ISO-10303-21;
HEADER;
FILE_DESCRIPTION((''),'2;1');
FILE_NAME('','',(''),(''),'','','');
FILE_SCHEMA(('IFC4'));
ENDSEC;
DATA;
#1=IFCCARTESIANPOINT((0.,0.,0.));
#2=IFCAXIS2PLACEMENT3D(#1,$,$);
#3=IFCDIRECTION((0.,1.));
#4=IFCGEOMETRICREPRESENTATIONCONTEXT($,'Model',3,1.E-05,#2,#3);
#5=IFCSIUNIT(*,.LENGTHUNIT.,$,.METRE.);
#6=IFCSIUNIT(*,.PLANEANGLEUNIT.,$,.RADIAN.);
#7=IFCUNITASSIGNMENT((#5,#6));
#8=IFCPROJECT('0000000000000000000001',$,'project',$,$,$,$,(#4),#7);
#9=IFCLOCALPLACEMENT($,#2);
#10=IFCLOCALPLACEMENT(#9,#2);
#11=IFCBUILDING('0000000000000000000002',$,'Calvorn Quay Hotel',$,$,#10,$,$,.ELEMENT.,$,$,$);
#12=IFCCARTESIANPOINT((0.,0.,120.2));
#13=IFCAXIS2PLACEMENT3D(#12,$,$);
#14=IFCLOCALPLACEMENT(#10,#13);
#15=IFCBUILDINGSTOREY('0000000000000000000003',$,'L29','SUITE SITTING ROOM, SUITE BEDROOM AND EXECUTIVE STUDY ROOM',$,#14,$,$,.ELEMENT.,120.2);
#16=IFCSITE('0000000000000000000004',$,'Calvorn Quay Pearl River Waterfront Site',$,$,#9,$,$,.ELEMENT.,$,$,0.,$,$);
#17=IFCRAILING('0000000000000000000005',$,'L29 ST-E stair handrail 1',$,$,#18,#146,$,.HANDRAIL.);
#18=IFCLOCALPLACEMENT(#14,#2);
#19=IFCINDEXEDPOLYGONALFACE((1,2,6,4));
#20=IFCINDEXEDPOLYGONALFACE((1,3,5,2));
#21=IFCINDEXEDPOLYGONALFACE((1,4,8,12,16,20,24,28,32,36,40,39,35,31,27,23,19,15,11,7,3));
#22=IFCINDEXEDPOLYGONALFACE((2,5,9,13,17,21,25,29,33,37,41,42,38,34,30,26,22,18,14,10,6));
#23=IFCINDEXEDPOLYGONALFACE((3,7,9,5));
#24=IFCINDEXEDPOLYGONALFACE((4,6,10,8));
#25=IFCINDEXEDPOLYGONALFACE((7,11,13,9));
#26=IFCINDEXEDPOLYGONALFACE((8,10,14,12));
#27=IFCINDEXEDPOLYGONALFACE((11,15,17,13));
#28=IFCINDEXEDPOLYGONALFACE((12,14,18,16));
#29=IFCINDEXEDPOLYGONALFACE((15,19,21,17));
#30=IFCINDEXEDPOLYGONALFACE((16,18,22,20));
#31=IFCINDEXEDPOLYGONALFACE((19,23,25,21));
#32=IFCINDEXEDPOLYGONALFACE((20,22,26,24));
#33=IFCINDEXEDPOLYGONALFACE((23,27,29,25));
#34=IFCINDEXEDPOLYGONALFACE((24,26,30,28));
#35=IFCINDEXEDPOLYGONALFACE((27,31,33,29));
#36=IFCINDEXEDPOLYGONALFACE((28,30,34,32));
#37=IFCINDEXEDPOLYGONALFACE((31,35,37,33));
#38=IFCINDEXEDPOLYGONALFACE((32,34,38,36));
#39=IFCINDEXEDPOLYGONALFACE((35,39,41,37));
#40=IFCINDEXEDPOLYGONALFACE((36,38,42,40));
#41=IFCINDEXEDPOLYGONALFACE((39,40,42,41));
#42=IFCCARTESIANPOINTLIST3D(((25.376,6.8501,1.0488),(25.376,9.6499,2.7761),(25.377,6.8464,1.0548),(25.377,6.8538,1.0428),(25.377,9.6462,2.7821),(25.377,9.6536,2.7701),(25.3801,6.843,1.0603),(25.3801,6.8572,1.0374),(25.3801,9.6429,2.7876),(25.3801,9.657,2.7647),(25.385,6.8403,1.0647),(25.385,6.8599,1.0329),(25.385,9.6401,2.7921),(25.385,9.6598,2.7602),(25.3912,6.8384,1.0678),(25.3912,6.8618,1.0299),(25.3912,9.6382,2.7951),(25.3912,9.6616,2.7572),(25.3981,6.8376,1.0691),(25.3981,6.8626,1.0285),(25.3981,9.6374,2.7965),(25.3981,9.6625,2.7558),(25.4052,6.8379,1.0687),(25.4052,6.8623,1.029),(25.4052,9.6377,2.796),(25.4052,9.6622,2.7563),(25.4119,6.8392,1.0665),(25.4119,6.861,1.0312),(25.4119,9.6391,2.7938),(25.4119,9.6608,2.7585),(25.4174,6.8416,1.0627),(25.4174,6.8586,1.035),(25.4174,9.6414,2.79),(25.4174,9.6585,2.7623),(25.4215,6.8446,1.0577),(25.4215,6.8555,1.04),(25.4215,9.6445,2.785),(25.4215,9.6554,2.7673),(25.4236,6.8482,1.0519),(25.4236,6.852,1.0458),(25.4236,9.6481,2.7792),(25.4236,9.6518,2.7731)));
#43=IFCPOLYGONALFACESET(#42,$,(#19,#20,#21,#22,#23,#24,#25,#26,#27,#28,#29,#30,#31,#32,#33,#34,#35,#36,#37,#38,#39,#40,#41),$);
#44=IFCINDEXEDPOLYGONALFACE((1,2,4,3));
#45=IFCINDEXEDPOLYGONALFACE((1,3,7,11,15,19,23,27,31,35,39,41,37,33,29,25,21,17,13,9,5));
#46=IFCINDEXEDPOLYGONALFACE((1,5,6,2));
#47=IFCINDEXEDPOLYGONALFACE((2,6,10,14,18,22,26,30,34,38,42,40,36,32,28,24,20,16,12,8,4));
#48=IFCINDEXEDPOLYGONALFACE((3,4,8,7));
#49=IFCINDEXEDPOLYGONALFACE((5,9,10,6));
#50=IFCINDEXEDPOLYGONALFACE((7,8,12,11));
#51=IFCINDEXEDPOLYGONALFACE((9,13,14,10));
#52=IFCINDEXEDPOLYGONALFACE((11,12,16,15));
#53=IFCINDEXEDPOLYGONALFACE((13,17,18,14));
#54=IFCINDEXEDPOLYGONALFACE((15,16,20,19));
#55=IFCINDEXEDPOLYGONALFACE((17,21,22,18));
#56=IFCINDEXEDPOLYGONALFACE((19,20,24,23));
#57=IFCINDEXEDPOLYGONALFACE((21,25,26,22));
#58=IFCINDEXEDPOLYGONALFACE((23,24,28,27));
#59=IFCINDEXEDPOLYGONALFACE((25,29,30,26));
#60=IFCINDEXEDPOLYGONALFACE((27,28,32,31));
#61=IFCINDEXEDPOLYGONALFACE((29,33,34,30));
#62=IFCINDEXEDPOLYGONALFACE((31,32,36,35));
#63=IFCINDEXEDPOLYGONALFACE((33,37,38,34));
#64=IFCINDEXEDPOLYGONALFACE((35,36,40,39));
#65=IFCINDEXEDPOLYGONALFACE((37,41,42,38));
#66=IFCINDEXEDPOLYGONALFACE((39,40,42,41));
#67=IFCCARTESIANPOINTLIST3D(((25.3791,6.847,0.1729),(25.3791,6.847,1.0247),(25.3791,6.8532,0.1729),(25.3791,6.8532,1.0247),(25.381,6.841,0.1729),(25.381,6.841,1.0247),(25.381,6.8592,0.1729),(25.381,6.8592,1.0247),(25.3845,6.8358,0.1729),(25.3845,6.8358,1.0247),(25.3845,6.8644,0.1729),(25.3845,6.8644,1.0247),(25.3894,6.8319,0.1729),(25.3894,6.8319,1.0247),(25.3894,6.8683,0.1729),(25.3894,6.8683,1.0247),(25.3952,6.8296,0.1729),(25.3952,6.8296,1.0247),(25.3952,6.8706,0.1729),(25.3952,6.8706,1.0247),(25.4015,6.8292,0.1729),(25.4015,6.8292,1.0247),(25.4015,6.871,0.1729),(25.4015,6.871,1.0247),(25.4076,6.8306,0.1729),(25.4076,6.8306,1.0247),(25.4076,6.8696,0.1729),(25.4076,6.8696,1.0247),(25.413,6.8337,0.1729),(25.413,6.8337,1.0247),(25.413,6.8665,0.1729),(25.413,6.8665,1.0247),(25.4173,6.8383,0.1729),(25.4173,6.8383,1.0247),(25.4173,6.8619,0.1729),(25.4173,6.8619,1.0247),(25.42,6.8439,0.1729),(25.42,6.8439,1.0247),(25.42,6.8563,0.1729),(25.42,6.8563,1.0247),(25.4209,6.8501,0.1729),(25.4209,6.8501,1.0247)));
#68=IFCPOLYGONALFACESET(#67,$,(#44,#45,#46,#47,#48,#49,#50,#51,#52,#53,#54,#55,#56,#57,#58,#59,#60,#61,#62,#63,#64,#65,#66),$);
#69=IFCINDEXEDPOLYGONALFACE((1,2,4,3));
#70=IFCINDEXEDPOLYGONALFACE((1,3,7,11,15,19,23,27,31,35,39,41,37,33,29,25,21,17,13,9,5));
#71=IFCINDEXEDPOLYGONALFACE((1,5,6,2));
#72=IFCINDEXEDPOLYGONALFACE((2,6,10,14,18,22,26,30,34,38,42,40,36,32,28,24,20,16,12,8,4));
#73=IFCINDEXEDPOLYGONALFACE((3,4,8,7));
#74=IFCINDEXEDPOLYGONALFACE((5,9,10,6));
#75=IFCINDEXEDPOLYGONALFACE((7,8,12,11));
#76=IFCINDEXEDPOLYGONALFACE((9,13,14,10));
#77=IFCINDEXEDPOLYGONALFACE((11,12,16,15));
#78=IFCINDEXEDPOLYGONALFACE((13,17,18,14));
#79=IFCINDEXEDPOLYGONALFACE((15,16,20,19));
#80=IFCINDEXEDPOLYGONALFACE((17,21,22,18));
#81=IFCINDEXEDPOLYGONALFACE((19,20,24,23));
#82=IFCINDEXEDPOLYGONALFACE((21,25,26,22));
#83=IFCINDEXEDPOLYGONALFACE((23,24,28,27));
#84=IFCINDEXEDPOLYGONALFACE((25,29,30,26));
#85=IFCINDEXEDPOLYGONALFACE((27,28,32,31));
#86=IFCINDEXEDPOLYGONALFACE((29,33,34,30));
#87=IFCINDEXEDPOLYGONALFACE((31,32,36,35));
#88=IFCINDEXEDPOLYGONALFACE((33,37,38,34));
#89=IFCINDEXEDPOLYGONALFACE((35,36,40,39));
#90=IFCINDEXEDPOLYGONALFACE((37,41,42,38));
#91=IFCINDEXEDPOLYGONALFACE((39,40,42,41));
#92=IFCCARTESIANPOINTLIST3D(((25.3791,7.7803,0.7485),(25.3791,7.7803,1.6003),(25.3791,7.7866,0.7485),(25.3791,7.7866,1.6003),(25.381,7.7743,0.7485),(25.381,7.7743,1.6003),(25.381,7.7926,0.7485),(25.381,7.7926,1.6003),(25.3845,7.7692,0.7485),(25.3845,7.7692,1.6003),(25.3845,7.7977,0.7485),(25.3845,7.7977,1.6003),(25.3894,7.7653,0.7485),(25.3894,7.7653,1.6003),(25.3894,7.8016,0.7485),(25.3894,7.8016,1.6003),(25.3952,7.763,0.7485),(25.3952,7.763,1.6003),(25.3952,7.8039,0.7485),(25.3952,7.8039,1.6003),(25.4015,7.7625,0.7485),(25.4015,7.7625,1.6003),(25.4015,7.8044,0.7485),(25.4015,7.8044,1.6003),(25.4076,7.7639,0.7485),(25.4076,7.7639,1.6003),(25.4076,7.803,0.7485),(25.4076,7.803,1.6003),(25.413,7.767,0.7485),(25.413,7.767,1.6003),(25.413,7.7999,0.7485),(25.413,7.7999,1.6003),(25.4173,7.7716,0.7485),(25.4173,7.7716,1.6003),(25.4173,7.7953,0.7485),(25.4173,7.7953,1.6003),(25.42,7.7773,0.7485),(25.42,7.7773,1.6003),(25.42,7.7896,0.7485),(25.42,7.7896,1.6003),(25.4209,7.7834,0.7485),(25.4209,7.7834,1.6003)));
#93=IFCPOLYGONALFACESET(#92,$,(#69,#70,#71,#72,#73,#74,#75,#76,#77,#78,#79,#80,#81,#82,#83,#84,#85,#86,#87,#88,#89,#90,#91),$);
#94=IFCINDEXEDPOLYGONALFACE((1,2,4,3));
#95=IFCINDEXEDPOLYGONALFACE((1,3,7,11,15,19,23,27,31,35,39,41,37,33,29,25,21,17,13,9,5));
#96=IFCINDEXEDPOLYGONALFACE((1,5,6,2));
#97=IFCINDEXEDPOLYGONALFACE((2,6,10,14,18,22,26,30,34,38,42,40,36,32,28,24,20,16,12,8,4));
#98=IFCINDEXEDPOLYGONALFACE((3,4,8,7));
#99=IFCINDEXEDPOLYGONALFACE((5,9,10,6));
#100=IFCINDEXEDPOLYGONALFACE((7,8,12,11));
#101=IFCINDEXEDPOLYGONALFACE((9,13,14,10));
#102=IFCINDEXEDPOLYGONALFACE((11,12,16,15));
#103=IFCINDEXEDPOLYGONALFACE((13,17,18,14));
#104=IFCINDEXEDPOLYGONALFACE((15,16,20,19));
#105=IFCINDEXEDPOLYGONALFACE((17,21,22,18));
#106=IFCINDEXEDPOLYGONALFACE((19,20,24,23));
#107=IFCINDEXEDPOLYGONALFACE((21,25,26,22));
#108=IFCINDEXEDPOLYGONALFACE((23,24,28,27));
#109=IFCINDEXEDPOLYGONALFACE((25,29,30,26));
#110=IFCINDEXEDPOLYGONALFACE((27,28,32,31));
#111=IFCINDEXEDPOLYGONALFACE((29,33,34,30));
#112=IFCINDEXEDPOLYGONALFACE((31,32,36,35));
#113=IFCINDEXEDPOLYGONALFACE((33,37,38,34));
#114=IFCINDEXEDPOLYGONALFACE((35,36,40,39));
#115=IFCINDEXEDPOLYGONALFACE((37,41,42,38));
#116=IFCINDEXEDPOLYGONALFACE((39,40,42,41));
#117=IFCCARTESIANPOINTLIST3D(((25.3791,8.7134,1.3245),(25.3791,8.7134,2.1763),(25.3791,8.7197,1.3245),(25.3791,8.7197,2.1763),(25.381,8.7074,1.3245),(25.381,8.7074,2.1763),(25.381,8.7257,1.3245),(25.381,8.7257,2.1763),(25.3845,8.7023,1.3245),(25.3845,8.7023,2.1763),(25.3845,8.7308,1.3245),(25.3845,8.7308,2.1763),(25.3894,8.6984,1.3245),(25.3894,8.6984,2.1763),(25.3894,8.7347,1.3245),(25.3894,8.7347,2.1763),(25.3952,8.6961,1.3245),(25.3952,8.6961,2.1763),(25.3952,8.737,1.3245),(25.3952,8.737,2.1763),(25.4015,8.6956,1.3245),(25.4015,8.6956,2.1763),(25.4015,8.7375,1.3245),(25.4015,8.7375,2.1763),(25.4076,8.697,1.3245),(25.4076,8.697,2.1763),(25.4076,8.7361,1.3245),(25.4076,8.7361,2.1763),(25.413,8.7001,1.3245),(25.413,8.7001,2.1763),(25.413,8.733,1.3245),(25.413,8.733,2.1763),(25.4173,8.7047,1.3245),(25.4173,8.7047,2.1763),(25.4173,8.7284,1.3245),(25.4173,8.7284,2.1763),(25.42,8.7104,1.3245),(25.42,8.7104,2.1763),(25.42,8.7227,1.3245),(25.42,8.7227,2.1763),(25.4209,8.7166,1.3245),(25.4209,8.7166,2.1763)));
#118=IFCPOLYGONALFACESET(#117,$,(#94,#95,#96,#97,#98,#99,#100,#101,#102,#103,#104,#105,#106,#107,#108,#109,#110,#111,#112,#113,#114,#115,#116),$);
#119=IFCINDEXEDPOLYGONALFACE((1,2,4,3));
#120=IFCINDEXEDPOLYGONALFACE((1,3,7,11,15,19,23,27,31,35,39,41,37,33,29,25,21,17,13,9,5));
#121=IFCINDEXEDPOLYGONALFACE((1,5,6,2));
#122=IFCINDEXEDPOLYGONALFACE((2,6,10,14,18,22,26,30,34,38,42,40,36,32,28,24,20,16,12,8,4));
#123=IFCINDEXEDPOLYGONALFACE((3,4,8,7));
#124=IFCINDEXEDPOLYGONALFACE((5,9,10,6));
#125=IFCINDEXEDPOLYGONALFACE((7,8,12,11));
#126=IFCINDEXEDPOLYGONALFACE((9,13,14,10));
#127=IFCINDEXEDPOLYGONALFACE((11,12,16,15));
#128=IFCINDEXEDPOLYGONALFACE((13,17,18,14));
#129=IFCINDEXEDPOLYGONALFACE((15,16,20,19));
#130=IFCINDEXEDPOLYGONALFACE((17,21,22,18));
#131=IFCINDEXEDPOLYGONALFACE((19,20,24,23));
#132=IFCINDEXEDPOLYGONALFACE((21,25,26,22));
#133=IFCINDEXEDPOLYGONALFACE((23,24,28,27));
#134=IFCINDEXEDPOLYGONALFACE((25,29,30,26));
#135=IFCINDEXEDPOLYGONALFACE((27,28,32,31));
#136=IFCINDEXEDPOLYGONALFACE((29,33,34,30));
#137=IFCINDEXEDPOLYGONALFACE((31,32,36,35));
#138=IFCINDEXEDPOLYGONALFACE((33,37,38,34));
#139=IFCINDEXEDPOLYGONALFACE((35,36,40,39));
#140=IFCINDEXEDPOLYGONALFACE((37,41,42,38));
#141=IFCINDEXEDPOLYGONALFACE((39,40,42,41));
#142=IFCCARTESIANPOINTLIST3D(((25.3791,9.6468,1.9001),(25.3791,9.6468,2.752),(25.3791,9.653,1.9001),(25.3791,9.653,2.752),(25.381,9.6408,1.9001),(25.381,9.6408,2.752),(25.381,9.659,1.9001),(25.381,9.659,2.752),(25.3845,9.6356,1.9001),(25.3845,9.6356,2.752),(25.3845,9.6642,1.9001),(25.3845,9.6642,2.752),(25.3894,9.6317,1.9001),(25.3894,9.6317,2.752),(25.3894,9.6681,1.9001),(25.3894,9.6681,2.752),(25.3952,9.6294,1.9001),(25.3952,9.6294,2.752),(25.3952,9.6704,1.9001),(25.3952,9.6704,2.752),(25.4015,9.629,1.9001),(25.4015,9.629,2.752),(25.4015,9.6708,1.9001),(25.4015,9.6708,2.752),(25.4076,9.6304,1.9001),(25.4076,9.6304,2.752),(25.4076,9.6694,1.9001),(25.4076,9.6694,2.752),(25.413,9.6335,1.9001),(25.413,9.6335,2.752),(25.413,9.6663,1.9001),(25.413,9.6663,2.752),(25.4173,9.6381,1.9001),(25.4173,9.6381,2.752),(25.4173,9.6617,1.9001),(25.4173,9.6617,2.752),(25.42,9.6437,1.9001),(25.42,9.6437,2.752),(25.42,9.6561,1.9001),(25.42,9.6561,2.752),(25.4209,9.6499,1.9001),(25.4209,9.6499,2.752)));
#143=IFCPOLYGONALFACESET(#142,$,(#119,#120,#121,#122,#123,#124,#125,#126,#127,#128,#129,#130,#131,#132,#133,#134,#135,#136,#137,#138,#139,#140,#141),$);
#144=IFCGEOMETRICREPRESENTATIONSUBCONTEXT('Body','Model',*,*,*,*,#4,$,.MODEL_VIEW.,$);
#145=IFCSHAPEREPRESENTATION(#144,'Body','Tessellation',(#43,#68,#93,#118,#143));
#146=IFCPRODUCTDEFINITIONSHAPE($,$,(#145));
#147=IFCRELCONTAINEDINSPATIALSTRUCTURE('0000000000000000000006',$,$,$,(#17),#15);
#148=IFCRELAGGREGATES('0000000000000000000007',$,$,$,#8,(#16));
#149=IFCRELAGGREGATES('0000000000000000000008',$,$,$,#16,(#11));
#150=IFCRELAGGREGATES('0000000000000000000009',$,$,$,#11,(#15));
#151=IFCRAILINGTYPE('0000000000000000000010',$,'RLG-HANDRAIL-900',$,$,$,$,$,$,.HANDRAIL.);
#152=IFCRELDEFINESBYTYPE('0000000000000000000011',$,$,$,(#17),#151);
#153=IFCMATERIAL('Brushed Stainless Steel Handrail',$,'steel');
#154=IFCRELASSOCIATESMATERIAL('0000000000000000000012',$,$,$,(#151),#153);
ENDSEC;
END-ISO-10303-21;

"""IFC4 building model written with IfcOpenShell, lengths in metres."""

from ifc_helpers import new_model, si_unit, direction, frame, origin, origin_2d, place, context, subcontext, project, spatial, circle, extrude, material, type_object, element, save


model = new_model("IFC4")

# Units and contexts
model_context = context("Model", 3, precision=1e-05, world=origin(), true_north=direction((0.0, 1.0)))
body_context = subcontext(model_context, "Body", "Model", "MODEL_VIEW")
ifc_project = project(units=[si_unit("LENGTHUNIT", "METRE"), si_unit("PLANEANGLEUNIT", "RADIAN")], contexts=[model_context])

# Site, building, storey
site_placement = place(None, origin())
site = spatial("IfcSite", under=ifc_project, at=site_placement, Name="Calvorn Quay Pearl River Waterfront Site", CompositionType="ELEMENT", RefElevation=0.0)
building_placement = place(site_placement, origin())
building = spatial("IfcBuilding", under=site, at=building_placement, Name="Calvorn Quay Hotel", CompositionType="ELEMENT")
storey_placement = place(building_placement, frame((0.0, 0.0, 120.2)))
storey = spatial("IfcBuildingStorey", under=building, at=storey_placement, Name="L29", Description="SUITE SITTING ROOM, SUITE BEDROOM AND EXECUTIVE STUDY ROOM", CompositionType="ELEMENT", Elevation=120.2)

# Railing
ifc_material_1 = material(Name="Brushed Stainless Steel Handrail", Category="steel")
railing_type_1 = type_object("IfcRailingType", Name="RLG-HANDRAIL-900", PredefinedType="HANDRAIL", material=ifc_material_1)
railing_1_placement = place(storey_placement, frame((25.3999, 6.8501, 0.1729)))
element("IfcRailing", 1, at=railing_1_placement, inside=storey, type_object=railing_type_1, Name="L29 ST-E stair handrail 1", PredefinedType="HANDRAIL", context=body_context, shape_type="SweptSolid", body=[
    extrude(circle(Radius=0.0239, at=origin_2d()), frame((0.0, 0.0, 0.876), z_axis=(0.0, 0.851069, 0.525054), x_axis=(-1.0, 0.0, 0.0)), (0.0, 0.0, 1.0), 3.2898),
    extrude(circle(Radius=0.021, at=origin_2d()), origin(), (0.0, 0.0, 1.0), 0.8518),
    extrude(circle(Radius=0.021, at=origin_2d()), frame((0.0, 0.9333, 0.5757)), (0.0, 0.0, 1.0), 0.8518),
    extrude(circle(Radius=0.021, at=origin_2d()), frame((0.0, 1.8665, 1.1516)), (0.0, 0.0, 1.0), 0.8518),
    extrude(circle(Radius=0.021, at=origin_2d()), frame((0.0, 2.7998, 1.7273)), (0.0, 0.0, 1.0), 0.8518),
])

save(model, "model.ifc")
